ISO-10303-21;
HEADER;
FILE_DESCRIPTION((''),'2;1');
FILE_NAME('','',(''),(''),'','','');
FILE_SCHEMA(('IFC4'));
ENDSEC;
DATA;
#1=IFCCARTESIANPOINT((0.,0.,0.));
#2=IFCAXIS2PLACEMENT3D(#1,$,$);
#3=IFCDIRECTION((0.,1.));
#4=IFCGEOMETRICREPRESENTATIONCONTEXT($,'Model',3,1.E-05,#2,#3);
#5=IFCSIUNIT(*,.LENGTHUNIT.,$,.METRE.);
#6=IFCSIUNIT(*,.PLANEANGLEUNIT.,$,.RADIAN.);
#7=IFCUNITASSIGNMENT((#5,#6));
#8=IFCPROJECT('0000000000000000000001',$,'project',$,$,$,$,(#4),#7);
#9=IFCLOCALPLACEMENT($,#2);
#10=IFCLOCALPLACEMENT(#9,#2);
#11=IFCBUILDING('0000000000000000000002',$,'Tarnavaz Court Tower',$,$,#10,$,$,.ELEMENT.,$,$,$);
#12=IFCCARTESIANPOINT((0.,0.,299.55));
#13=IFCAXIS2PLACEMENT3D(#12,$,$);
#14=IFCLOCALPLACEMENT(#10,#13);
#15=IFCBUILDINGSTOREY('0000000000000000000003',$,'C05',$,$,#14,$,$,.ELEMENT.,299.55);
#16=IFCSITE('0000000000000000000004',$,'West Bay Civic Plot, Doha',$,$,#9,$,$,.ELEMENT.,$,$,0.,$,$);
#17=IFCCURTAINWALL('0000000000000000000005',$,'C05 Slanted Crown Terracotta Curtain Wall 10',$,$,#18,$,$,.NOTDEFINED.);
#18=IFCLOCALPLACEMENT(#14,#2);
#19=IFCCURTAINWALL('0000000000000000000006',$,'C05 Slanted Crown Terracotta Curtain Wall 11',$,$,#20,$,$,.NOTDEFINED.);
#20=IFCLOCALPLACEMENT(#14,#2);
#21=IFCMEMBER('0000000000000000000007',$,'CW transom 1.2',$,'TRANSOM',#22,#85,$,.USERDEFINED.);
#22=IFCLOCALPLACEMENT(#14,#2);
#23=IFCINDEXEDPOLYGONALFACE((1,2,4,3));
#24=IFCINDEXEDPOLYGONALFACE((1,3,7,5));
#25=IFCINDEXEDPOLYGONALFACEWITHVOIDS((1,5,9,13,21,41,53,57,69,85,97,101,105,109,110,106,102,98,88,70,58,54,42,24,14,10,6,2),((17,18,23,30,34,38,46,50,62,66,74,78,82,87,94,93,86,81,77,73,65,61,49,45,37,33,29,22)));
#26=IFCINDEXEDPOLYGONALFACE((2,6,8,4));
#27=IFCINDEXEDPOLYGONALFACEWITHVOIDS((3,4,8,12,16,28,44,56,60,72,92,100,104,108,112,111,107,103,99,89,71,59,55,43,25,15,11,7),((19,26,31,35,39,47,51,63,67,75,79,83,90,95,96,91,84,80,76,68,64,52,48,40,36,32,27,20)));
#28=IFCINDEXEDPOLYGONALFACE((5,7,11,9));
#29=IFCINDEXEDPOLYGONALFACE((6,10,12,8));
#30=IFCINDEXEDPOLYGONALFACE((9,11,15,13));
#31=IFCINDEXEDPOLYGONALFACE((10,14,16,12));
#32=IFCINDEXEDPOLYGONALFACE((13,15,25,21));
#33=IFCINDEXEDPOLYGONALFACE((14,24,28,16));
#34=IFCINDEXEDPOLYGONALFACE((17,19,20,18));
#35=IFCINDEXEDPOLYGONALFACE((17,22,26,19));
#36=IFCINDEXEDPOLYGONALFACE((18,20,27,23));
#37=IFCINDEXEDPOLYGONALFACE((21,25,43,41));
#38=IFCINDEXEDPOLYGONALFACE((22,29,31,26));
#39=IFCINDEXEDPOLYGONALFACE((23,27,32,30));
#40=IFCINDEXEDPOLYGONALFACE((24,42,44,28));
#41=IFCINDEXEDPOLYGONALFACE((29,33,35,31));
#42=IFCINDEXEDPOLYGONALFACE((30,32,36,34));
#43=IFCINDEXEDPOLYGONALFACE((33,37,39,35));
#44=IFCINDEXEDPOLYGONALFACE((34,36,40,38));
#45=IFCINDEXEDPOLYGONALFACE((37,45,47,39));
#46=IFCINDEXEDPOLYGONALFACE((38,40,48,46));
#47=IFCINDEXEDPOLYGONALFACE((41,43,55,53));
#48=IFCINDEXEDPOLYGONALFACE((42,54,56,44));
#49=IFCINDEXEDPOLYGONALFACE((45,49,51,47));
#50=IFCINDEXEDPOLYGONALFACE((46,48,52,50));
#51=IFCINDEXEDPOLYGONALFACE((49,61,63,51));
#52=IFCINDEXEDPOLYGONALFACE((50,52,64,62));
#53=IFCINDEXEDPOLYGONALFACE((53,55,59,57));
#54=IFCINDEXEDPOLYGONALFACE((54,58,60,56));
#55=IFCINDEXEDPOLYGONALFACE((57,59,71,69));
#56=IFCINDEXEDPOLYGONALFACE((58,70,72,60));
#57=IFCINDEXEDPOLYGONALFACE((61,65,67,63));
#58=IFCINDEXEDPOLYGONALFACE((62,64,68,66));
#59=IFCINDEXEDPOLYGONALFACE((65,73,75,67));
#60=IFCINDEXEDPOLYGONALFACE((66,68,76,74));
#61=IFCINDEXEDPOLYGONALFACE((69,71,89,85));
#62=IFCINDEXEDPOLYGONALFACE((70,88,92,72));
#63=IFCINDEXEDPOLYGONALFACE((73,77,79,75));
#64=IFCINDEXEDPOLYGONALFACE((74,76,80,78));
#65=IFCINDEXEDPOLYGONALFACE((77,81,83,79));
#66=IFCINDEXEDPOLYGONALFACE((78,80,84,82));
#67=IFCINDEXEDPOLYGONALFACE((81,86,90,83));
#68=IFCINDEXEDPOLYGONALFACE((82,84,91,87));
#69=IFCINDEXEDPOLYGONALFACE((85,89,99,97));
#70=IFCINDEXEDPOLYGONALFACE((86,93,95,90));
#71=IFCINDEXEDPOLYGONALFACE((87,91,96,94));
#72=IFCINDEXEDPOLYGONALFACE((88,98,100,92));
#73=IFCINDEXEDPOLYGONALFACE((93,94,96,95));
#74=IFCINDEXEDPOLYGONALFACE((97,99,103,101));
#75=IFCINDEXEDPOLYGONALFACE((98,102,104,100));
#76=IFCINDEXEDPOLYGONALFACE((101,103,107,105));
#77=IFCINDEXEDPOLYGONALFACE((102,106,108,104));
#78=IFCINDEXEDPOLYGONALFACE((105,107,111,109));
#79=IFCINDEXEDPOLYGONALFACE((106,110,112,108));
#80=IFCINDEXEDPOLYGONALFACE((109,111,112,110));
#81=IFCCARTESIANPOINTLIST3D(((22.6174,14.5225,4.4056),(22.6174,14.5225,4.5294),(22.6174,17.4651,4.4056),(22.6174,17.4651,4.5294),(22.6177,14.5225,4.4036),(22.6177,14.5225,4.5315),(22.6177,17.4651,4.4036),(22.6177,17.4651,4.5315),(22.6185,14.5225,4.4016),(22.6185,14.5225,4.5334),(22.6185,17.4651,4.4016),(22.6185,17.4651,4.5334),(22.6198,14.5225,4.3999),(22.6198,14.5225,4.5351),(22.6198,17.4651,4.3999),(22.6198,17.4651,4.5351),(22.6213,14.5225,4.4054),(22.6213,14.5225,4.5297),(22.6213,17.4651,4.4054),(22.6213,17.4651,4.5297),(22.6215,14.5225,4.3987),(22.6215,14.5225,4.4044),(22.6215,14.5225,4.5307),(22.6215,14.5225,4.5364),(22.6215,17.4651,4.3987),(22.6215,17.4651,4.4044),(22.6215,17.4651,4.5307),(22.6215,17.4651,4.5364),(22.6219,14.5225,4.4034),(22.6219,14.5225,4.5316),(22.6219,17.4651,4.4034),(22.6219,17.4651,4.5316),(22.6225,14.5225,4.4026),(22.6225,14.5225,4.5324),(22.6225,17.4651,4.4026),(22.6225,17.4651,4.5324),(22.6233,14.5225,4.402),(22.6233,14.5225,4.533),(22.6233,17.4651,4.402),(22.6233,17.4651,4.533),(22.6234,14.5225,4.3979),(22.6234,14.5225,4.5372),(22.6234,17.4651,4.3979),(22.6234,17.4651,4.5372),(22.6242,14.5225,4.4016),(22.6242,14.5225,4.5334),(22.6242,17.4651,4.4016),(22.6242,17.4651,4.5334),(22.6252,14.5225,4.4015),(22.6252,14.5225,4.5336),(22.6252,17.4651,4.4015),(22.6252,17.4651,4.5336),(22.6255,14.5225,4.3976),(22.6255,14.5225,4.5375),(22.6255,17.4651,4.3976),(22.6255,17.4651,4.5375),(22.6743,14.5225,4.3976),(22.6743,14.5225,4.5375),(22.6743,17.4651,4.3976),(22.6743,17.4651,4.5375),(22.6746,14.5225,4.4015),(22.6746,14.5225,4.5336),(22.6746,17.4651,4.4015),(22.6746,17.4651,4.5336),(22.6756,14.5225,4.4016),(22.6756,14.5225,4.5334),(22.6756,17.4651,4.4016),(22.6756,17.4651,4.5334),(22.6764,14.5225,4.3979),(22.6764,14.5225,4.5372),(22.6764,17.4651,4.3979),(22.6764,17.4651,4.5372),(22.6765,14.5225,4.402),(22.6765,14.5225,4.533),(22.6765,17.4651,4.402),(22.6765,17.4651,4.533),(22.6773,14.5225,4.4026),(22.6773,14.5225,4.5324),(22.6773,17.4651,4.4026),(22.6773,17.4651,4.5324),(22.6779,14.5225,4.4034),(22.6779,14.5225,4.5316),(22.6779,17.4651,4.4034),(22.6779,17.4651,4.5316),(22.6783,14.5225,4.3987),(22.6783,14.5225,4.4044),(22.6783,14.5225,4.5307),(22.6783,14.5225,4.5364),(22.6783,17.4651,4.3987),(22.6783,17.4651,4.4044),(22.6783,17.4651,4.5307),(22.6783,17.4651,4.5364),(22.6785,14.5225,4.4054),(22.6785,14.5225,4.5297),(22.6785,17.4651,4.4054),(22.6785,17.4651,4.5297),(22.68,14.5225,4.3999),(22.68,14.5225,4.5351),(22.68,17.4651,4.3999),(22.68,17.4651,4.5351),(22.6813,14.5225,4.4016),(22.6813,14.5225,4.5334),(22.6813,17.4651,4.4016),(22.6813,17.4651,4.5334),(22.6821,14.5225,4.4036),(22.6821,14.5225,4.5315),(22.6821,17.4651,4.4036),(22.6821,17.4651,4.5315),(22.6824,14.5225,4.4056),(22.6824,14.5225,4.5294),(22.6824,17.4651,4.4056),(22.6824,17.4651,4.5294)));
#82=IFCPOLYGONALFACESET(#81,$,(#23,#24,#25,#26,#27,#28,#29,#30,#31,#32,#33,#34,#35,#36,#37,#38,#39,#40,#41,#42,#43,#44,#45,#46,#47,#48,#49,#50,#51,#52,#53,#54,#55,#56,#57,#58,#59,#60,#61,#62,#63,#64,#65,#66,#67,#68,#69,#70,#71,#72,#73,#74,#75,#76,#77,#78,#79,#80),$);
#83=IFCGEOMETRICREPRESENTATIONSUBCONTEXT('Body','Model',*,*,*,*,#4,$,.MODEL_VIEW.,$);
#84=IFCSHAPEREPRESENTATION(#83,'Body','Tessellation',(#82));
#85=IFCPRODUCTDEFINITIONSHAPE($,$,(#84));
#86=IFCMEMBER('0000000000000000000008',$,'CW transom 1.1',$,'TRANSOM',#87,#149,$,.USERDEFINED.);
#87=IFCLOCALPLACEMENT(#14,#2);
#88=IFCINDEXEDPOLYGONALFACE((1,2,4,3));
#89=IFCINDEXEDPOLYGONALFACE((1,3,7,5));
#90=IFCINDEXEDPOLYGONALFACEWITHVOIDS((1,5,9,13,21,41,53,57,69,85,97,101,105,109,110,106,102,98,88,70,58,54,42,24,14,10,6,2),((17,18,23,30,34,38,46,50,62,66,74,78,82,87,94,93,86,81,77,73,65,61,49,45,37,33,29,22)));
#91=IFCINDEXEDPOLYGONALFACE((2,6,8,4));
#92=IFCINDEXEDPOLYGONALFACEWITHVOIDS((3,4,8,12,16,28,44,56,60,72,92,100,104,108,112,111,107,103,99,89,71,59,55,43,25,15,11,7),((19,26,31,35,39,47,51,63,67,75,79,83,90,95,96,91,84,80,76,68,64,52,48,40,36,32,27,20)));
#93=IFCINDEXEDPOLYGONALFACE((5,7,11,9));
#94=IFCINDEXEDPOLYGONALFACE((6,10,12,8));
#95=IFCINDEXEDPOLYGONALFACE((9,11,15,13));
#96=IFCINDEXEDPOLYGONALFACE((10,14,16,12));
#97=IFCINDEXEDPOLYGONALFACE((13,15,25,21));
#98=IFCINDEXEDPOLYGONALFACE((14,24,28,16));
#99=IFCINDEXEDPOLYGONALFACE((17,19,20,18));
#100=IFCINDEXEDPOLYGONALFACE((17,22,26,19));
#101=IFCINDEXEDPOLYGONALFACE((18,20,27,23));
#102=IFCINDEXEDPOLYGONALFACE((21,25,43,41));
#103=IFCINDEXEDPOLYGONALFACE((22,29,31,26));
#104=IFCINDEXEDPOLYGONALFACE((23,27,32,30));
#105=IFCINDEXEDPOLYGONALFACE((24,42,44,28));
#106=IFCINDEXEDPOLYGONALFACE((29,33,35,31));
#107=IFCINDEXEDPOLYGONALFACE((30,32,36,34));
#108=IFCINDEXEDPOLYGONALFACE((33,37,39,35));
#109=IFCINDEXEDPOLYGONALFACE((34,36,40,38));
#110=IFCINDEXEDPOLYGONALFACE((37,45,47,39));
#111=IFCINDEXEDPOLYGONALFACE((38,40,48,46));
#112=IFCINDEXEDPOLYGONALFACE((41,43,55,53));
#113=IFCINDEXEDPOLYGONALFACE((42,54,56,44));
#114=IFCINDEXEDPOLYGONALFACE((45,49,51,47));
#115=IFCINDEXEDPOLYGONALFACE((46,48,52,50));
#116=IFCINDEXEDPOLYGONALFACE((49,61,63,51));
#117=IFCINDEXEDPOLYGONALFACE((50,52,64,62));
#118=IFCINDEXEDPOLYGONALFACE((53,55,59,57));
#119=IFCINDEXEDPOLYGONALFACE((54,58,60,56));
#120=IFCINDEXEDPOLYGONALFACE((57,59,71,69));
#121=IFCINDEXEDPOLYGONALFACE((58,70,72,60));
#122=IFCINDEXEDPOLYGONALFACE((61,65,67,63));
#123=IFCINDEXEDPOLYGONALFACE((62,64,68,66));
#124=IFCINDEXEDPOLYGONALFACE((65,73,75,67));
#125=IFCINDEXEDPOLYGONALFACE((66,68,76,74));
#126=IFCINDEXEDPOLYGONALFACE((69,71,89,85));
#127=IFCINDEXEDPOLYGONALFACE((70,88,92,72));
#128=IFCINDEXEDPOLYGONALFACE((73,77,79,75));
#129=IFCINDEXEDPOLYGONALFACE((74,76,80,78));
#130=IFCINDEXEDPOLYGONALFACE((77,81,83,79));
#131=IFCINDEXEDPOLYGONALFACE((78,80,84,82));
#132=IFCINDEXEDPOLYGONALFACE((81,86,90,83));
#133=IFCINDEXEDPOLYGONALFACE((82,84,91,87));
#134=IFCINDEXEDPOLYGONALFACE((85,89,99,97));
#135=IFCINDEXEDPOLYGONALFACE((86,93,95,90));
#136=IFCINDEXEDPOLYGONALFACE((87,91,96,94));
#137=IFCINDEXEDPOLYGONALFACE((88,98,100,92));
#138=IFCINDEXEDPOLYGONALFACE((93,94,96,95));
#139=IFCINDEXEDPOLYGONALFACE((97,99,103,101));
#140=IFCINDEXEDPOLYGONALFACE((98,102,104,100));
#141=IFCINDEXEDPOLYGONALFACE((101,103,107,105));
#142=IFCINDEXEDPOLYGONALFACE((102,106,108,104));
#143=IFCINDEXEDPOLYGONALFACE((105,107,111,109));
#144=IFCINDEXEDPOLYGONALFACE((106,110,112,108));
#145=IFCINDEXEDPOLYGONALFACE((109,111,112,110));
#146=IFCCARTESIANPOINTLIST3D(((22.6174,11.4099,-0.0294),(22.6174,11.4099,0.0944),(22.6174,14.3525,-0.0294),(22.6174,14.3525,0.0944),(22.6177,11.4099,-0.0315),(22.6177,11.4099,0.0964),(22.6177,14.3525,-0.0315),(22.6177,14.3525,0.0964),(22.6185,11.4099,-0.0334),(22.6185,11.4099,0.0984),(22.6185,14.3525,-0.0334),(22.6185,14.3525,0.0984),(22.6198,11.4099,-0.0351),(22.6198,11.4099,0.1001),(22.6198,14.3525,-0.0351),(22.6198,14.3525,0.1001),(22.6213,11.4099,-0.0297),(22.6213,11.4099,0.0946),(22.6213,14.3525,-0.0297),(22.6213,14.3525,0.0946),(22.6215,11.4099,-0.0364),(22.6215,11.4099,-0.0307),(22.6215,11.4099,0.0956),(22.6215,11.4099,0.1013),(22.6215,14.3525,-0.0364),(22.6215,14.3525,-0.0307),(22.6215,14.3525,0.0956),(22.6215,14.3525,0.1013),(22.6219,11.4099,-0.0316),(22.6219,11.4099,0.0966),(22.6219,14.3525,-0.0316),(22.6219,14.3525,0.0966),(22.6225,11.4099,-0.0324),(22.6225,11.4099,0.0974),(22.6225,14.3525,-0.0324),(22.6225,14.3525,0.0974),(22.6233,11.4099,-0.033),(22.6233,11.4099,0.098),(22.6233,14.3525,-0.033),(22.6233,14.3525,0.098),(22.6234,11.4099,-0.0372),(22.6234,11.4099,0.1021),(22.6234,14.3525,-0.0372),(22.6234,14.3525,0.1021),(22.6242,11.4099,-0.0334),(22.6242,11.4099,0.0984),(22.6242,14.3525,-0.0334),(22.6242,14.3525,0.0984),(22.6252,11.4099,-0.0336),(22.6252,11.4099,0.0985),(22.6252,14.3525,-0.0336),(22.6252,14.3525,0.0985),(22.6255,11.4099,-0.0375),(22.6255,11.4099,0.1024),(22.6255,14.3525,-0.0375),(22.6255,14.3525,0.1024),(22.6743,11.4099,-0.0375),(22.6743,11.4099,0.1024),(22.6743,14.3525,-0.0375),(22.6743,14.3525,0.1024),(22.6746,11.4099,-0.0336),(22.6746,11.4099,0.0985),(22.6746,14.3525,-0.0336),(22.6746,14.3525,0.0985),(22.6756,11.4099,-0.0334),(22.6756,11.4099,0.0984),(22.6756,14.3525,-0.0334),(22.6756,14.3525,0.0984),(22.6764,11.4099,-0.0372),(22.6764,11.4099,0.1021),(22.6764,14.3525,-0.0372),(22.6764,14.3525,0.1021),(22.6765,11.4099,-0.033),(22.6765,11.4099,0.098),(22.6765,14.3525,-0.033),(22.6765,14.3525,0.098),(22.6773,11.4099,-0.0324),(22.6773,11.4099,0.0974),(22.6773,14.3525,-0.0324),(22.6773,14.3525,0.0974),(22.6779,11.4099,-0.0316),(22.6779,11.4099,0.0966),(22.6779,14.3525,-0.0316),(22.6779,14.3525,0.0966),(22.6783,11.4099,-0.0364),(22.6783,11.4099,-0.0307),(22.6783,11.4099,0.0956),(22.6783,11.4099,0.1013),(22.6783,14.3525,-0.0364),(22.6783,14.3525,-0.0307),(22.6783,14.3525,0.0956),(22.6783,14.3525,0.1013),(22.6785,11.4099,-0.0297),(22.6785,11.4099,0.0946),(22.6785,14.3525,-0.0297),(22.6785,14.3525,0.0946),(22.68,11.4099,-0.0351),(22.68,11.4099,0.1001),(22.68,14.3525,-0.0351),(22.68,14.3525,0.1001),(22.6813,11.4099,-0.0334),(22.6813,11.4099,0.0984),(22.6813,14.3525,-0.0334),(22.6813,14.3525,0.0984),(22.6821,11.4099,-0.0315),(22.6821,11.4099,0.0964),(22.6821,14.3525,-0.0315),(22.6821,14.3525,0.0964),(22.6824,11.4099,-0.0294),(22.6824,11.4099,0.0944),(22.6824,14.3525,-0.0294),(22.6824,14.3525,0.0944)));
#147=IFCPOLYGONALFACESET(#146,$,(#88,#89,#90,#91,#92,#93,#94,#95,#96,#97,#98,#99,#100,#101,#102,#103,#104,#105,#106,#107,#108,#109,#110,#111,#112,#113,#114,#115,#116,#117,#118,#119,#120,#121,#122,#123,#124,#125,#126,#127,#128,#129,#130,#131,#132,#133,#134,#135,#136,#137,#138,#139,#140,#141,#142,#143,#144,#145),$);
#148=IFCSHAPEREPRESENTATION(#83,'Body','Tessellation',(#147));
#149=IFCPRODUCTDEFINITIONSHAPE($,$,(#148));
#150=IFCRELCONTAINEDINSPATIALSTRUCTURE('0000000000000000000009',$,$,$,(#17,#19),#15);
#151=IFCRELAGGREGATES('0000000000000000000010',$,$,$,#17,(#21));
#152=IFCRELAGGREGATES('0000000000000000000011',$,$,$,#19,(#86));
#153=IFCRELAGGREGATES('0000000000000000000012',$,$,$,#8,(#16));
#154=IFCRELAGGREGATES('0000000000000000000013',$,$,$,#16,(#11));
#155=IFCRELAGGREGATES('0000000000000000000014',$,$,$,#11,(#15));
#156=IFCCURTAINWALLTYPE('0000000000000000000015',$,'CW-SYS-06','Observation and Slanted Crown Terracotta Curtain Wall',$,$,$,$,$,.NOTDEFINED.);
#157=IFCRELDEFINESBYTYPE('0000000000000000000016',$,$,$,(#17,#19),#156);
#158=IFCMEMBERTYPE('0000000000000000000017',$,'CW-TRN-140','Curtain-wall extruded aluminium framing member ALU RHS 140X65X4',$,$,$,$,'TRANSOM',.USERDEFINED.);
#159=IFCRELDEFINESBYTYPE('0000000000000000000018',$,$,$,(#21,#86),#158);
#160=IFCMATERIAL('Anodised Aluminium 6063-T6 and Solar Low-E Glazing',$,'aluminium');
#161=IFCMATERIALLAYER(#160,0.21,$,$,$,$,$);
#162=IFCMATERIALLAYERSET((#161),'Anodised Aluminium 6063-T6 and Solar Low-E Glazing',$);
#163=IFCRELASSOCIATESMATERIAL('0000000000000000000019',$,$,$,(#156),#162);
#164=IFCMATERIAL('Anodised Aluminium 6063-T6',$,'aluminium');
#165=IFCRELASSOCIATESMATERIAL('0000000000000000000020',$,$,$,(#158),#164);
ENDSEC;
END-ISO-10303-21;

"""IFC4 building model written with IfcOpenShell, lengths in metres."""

from ifc_helpers import new_model, si_unit, direction, frame, origin, origin_2d, place, context, subcontext, project, spatial, hollow_rectangle, extrude, material, layer, layer_set, material_profile, profile_set, type_object, element, aggregate, save


model = new_model("IFC4")

# Units and contexts
model_context = context("Model", 3, precision=1e-05, world=origin(), true_north=direction((0.0, 1.0)))
body_context = subcontext(model_context, "Body", "Model", "MODEL_VIEW")
ifc_project = project(units=[si_unit("LENGTHUNIT", "METRE"), si_unit("PLANEANGLEUNIT", "RADIAN")], contexts=[model_context])

# Site, building, storey
site_placement = place(None, origin())
site = spatial("IfcSite", under=ifc_project, at=site_placement, Name="West Bay Civic Plot, Doha", CompositionType="ELEMENT", RefElevation=0.0)
building_placement = place(site_placement, origin())
building = spatial("IfcBuilding", under=site, at=building_placement, Name="Tarnavaz Court Tower", CompositionType="ELEMENT")
storey_placement = place(building_placement, frame((0.0, 0.0, 299.55)))
storey = spatial("IfcBuildingStorey", under=building, at=storey_placement, Name="C05", CompositionType="ELEMENT", Elevation=299.55)

# Shared definitions
ifc_material_1 = material(Name="Anodised Aluminium 6063-T6 and Solar Low-E Glazing", Category="aluminium")
ifc_layer_1 = layer(ifc_material_1, 0.21)
ifc_layer_set_1 = layer_set([ifc_layer_1], Name="Anodised Aluminium 6063-T6 and Solar Low-E Glazing")
curtain_wall_type = type_object("IfcCurtainWallType", Name="CW-SYS-06", Description="Observation and Slanted Crown Terracotta Curtain Wall", PredefinedType="NOTDEFINED", material=ifc_layer_set_1)
ifc_material_2 = material(Name="Anodised Aluminium 6063-T6", Category="aluminium")

# Curtain walls
curtain_wall_1_placement = place(storey_placement, origin())
curtain_wall_1 = element("IfcCurtainWall", 1, at=curtain_wall_1_placement, inside=storey, type_object=curtain_wall_type, Name="C05 Slanted Crown Terracotta Curtain Wall 10", PredefinedType="NOTDEFINED")
curtain_wall_2_placement = place(storey_placement, origin())
curtain_wall_2 = element("IfcCurtainWall", 2, at=curtain_wall_2_placement, inside=storey, type_object=curtain_wall_type, Name="C05 Slanted Crown Terracotta Curtain Wall 11", PredefinedType="NOTDEFINED")

# Members
ifc_material_profile_1 = material_profile(ifc_material_2, hollow_rectangle(XDim=0.0649, YDim=0.1399, WallThickness=0.0039, InnerFilletRadius=0.0039, OuterFilletRadius=0.0081, at=origin_2d()), Name="ALU RHS 140X65X4")
ifc_profile_set_1 = profile_set([ifc_material_profile_1], Name="Anodised Aluminium 6063-T6")
member_type_1 = type_object("IfcMemberType", Name="CW-TRN-140", Description="Curtain-wall extruded aluminium framing member ALU RHS 140X65X4", ElementType="TRANSOM", PredefinedType="USERDEFINED", material=ifc_profile_set_1)
member_1_placement = place(storey_placement, frame((22.6499, 17.4651, 4.4675), z_axis=(0.0, -1.0, 0.0), x_axis=(1.0, 0.0, 0.0)))
member_1 = element("IfcMember", 3, at=member_1_placement, type_object=member_type_1, Name="CW transom 1.2", ObjectType="TRANSOM", PredefinedType="USERDEFINED", context=body_context, shape_type="SweptSolid", body=[
    extrude(hollow_rectangle(XDim=0.0649, YDim=0.1399, WallThickness=0.0039, InnerFilletRadius=0.0039, OuterFilletRadius=0.0081, at=origin_2d()), origin(), (0.0, 0.0, 1.0), 2.9426),
])
member_2_placement = place(storey_placement, frame((22.6499, 14.3525, 0.0325), z_axis=(0.0, -1.0, 0.0), x_axis=(1.0, 0.0, 0.0)))
member_2 = element("IfcMember", 4, at=member_2_placement, type_object=member_type_1, Name="CW transom 1.1", ObjectType="TRANSOM", PredefinedType="USERDEFINED", context=body_context, shape_type="SweptSolid", body=[
    extrude(hollow_rectangle(XDim=0.0649, YDim=0.1399, WallThickness=0.0039, InnerFilletRadius=0.0039, OuterFilletRadius=0.0081, at=origin_2d()), origin(), (0.0, 0.0, 1.0), 2.9426),
])

aggregate(curtain_wall_1, [member_1])
aggregate(curtain_wall_2, [member_2])

save(model, "model.ifc")
